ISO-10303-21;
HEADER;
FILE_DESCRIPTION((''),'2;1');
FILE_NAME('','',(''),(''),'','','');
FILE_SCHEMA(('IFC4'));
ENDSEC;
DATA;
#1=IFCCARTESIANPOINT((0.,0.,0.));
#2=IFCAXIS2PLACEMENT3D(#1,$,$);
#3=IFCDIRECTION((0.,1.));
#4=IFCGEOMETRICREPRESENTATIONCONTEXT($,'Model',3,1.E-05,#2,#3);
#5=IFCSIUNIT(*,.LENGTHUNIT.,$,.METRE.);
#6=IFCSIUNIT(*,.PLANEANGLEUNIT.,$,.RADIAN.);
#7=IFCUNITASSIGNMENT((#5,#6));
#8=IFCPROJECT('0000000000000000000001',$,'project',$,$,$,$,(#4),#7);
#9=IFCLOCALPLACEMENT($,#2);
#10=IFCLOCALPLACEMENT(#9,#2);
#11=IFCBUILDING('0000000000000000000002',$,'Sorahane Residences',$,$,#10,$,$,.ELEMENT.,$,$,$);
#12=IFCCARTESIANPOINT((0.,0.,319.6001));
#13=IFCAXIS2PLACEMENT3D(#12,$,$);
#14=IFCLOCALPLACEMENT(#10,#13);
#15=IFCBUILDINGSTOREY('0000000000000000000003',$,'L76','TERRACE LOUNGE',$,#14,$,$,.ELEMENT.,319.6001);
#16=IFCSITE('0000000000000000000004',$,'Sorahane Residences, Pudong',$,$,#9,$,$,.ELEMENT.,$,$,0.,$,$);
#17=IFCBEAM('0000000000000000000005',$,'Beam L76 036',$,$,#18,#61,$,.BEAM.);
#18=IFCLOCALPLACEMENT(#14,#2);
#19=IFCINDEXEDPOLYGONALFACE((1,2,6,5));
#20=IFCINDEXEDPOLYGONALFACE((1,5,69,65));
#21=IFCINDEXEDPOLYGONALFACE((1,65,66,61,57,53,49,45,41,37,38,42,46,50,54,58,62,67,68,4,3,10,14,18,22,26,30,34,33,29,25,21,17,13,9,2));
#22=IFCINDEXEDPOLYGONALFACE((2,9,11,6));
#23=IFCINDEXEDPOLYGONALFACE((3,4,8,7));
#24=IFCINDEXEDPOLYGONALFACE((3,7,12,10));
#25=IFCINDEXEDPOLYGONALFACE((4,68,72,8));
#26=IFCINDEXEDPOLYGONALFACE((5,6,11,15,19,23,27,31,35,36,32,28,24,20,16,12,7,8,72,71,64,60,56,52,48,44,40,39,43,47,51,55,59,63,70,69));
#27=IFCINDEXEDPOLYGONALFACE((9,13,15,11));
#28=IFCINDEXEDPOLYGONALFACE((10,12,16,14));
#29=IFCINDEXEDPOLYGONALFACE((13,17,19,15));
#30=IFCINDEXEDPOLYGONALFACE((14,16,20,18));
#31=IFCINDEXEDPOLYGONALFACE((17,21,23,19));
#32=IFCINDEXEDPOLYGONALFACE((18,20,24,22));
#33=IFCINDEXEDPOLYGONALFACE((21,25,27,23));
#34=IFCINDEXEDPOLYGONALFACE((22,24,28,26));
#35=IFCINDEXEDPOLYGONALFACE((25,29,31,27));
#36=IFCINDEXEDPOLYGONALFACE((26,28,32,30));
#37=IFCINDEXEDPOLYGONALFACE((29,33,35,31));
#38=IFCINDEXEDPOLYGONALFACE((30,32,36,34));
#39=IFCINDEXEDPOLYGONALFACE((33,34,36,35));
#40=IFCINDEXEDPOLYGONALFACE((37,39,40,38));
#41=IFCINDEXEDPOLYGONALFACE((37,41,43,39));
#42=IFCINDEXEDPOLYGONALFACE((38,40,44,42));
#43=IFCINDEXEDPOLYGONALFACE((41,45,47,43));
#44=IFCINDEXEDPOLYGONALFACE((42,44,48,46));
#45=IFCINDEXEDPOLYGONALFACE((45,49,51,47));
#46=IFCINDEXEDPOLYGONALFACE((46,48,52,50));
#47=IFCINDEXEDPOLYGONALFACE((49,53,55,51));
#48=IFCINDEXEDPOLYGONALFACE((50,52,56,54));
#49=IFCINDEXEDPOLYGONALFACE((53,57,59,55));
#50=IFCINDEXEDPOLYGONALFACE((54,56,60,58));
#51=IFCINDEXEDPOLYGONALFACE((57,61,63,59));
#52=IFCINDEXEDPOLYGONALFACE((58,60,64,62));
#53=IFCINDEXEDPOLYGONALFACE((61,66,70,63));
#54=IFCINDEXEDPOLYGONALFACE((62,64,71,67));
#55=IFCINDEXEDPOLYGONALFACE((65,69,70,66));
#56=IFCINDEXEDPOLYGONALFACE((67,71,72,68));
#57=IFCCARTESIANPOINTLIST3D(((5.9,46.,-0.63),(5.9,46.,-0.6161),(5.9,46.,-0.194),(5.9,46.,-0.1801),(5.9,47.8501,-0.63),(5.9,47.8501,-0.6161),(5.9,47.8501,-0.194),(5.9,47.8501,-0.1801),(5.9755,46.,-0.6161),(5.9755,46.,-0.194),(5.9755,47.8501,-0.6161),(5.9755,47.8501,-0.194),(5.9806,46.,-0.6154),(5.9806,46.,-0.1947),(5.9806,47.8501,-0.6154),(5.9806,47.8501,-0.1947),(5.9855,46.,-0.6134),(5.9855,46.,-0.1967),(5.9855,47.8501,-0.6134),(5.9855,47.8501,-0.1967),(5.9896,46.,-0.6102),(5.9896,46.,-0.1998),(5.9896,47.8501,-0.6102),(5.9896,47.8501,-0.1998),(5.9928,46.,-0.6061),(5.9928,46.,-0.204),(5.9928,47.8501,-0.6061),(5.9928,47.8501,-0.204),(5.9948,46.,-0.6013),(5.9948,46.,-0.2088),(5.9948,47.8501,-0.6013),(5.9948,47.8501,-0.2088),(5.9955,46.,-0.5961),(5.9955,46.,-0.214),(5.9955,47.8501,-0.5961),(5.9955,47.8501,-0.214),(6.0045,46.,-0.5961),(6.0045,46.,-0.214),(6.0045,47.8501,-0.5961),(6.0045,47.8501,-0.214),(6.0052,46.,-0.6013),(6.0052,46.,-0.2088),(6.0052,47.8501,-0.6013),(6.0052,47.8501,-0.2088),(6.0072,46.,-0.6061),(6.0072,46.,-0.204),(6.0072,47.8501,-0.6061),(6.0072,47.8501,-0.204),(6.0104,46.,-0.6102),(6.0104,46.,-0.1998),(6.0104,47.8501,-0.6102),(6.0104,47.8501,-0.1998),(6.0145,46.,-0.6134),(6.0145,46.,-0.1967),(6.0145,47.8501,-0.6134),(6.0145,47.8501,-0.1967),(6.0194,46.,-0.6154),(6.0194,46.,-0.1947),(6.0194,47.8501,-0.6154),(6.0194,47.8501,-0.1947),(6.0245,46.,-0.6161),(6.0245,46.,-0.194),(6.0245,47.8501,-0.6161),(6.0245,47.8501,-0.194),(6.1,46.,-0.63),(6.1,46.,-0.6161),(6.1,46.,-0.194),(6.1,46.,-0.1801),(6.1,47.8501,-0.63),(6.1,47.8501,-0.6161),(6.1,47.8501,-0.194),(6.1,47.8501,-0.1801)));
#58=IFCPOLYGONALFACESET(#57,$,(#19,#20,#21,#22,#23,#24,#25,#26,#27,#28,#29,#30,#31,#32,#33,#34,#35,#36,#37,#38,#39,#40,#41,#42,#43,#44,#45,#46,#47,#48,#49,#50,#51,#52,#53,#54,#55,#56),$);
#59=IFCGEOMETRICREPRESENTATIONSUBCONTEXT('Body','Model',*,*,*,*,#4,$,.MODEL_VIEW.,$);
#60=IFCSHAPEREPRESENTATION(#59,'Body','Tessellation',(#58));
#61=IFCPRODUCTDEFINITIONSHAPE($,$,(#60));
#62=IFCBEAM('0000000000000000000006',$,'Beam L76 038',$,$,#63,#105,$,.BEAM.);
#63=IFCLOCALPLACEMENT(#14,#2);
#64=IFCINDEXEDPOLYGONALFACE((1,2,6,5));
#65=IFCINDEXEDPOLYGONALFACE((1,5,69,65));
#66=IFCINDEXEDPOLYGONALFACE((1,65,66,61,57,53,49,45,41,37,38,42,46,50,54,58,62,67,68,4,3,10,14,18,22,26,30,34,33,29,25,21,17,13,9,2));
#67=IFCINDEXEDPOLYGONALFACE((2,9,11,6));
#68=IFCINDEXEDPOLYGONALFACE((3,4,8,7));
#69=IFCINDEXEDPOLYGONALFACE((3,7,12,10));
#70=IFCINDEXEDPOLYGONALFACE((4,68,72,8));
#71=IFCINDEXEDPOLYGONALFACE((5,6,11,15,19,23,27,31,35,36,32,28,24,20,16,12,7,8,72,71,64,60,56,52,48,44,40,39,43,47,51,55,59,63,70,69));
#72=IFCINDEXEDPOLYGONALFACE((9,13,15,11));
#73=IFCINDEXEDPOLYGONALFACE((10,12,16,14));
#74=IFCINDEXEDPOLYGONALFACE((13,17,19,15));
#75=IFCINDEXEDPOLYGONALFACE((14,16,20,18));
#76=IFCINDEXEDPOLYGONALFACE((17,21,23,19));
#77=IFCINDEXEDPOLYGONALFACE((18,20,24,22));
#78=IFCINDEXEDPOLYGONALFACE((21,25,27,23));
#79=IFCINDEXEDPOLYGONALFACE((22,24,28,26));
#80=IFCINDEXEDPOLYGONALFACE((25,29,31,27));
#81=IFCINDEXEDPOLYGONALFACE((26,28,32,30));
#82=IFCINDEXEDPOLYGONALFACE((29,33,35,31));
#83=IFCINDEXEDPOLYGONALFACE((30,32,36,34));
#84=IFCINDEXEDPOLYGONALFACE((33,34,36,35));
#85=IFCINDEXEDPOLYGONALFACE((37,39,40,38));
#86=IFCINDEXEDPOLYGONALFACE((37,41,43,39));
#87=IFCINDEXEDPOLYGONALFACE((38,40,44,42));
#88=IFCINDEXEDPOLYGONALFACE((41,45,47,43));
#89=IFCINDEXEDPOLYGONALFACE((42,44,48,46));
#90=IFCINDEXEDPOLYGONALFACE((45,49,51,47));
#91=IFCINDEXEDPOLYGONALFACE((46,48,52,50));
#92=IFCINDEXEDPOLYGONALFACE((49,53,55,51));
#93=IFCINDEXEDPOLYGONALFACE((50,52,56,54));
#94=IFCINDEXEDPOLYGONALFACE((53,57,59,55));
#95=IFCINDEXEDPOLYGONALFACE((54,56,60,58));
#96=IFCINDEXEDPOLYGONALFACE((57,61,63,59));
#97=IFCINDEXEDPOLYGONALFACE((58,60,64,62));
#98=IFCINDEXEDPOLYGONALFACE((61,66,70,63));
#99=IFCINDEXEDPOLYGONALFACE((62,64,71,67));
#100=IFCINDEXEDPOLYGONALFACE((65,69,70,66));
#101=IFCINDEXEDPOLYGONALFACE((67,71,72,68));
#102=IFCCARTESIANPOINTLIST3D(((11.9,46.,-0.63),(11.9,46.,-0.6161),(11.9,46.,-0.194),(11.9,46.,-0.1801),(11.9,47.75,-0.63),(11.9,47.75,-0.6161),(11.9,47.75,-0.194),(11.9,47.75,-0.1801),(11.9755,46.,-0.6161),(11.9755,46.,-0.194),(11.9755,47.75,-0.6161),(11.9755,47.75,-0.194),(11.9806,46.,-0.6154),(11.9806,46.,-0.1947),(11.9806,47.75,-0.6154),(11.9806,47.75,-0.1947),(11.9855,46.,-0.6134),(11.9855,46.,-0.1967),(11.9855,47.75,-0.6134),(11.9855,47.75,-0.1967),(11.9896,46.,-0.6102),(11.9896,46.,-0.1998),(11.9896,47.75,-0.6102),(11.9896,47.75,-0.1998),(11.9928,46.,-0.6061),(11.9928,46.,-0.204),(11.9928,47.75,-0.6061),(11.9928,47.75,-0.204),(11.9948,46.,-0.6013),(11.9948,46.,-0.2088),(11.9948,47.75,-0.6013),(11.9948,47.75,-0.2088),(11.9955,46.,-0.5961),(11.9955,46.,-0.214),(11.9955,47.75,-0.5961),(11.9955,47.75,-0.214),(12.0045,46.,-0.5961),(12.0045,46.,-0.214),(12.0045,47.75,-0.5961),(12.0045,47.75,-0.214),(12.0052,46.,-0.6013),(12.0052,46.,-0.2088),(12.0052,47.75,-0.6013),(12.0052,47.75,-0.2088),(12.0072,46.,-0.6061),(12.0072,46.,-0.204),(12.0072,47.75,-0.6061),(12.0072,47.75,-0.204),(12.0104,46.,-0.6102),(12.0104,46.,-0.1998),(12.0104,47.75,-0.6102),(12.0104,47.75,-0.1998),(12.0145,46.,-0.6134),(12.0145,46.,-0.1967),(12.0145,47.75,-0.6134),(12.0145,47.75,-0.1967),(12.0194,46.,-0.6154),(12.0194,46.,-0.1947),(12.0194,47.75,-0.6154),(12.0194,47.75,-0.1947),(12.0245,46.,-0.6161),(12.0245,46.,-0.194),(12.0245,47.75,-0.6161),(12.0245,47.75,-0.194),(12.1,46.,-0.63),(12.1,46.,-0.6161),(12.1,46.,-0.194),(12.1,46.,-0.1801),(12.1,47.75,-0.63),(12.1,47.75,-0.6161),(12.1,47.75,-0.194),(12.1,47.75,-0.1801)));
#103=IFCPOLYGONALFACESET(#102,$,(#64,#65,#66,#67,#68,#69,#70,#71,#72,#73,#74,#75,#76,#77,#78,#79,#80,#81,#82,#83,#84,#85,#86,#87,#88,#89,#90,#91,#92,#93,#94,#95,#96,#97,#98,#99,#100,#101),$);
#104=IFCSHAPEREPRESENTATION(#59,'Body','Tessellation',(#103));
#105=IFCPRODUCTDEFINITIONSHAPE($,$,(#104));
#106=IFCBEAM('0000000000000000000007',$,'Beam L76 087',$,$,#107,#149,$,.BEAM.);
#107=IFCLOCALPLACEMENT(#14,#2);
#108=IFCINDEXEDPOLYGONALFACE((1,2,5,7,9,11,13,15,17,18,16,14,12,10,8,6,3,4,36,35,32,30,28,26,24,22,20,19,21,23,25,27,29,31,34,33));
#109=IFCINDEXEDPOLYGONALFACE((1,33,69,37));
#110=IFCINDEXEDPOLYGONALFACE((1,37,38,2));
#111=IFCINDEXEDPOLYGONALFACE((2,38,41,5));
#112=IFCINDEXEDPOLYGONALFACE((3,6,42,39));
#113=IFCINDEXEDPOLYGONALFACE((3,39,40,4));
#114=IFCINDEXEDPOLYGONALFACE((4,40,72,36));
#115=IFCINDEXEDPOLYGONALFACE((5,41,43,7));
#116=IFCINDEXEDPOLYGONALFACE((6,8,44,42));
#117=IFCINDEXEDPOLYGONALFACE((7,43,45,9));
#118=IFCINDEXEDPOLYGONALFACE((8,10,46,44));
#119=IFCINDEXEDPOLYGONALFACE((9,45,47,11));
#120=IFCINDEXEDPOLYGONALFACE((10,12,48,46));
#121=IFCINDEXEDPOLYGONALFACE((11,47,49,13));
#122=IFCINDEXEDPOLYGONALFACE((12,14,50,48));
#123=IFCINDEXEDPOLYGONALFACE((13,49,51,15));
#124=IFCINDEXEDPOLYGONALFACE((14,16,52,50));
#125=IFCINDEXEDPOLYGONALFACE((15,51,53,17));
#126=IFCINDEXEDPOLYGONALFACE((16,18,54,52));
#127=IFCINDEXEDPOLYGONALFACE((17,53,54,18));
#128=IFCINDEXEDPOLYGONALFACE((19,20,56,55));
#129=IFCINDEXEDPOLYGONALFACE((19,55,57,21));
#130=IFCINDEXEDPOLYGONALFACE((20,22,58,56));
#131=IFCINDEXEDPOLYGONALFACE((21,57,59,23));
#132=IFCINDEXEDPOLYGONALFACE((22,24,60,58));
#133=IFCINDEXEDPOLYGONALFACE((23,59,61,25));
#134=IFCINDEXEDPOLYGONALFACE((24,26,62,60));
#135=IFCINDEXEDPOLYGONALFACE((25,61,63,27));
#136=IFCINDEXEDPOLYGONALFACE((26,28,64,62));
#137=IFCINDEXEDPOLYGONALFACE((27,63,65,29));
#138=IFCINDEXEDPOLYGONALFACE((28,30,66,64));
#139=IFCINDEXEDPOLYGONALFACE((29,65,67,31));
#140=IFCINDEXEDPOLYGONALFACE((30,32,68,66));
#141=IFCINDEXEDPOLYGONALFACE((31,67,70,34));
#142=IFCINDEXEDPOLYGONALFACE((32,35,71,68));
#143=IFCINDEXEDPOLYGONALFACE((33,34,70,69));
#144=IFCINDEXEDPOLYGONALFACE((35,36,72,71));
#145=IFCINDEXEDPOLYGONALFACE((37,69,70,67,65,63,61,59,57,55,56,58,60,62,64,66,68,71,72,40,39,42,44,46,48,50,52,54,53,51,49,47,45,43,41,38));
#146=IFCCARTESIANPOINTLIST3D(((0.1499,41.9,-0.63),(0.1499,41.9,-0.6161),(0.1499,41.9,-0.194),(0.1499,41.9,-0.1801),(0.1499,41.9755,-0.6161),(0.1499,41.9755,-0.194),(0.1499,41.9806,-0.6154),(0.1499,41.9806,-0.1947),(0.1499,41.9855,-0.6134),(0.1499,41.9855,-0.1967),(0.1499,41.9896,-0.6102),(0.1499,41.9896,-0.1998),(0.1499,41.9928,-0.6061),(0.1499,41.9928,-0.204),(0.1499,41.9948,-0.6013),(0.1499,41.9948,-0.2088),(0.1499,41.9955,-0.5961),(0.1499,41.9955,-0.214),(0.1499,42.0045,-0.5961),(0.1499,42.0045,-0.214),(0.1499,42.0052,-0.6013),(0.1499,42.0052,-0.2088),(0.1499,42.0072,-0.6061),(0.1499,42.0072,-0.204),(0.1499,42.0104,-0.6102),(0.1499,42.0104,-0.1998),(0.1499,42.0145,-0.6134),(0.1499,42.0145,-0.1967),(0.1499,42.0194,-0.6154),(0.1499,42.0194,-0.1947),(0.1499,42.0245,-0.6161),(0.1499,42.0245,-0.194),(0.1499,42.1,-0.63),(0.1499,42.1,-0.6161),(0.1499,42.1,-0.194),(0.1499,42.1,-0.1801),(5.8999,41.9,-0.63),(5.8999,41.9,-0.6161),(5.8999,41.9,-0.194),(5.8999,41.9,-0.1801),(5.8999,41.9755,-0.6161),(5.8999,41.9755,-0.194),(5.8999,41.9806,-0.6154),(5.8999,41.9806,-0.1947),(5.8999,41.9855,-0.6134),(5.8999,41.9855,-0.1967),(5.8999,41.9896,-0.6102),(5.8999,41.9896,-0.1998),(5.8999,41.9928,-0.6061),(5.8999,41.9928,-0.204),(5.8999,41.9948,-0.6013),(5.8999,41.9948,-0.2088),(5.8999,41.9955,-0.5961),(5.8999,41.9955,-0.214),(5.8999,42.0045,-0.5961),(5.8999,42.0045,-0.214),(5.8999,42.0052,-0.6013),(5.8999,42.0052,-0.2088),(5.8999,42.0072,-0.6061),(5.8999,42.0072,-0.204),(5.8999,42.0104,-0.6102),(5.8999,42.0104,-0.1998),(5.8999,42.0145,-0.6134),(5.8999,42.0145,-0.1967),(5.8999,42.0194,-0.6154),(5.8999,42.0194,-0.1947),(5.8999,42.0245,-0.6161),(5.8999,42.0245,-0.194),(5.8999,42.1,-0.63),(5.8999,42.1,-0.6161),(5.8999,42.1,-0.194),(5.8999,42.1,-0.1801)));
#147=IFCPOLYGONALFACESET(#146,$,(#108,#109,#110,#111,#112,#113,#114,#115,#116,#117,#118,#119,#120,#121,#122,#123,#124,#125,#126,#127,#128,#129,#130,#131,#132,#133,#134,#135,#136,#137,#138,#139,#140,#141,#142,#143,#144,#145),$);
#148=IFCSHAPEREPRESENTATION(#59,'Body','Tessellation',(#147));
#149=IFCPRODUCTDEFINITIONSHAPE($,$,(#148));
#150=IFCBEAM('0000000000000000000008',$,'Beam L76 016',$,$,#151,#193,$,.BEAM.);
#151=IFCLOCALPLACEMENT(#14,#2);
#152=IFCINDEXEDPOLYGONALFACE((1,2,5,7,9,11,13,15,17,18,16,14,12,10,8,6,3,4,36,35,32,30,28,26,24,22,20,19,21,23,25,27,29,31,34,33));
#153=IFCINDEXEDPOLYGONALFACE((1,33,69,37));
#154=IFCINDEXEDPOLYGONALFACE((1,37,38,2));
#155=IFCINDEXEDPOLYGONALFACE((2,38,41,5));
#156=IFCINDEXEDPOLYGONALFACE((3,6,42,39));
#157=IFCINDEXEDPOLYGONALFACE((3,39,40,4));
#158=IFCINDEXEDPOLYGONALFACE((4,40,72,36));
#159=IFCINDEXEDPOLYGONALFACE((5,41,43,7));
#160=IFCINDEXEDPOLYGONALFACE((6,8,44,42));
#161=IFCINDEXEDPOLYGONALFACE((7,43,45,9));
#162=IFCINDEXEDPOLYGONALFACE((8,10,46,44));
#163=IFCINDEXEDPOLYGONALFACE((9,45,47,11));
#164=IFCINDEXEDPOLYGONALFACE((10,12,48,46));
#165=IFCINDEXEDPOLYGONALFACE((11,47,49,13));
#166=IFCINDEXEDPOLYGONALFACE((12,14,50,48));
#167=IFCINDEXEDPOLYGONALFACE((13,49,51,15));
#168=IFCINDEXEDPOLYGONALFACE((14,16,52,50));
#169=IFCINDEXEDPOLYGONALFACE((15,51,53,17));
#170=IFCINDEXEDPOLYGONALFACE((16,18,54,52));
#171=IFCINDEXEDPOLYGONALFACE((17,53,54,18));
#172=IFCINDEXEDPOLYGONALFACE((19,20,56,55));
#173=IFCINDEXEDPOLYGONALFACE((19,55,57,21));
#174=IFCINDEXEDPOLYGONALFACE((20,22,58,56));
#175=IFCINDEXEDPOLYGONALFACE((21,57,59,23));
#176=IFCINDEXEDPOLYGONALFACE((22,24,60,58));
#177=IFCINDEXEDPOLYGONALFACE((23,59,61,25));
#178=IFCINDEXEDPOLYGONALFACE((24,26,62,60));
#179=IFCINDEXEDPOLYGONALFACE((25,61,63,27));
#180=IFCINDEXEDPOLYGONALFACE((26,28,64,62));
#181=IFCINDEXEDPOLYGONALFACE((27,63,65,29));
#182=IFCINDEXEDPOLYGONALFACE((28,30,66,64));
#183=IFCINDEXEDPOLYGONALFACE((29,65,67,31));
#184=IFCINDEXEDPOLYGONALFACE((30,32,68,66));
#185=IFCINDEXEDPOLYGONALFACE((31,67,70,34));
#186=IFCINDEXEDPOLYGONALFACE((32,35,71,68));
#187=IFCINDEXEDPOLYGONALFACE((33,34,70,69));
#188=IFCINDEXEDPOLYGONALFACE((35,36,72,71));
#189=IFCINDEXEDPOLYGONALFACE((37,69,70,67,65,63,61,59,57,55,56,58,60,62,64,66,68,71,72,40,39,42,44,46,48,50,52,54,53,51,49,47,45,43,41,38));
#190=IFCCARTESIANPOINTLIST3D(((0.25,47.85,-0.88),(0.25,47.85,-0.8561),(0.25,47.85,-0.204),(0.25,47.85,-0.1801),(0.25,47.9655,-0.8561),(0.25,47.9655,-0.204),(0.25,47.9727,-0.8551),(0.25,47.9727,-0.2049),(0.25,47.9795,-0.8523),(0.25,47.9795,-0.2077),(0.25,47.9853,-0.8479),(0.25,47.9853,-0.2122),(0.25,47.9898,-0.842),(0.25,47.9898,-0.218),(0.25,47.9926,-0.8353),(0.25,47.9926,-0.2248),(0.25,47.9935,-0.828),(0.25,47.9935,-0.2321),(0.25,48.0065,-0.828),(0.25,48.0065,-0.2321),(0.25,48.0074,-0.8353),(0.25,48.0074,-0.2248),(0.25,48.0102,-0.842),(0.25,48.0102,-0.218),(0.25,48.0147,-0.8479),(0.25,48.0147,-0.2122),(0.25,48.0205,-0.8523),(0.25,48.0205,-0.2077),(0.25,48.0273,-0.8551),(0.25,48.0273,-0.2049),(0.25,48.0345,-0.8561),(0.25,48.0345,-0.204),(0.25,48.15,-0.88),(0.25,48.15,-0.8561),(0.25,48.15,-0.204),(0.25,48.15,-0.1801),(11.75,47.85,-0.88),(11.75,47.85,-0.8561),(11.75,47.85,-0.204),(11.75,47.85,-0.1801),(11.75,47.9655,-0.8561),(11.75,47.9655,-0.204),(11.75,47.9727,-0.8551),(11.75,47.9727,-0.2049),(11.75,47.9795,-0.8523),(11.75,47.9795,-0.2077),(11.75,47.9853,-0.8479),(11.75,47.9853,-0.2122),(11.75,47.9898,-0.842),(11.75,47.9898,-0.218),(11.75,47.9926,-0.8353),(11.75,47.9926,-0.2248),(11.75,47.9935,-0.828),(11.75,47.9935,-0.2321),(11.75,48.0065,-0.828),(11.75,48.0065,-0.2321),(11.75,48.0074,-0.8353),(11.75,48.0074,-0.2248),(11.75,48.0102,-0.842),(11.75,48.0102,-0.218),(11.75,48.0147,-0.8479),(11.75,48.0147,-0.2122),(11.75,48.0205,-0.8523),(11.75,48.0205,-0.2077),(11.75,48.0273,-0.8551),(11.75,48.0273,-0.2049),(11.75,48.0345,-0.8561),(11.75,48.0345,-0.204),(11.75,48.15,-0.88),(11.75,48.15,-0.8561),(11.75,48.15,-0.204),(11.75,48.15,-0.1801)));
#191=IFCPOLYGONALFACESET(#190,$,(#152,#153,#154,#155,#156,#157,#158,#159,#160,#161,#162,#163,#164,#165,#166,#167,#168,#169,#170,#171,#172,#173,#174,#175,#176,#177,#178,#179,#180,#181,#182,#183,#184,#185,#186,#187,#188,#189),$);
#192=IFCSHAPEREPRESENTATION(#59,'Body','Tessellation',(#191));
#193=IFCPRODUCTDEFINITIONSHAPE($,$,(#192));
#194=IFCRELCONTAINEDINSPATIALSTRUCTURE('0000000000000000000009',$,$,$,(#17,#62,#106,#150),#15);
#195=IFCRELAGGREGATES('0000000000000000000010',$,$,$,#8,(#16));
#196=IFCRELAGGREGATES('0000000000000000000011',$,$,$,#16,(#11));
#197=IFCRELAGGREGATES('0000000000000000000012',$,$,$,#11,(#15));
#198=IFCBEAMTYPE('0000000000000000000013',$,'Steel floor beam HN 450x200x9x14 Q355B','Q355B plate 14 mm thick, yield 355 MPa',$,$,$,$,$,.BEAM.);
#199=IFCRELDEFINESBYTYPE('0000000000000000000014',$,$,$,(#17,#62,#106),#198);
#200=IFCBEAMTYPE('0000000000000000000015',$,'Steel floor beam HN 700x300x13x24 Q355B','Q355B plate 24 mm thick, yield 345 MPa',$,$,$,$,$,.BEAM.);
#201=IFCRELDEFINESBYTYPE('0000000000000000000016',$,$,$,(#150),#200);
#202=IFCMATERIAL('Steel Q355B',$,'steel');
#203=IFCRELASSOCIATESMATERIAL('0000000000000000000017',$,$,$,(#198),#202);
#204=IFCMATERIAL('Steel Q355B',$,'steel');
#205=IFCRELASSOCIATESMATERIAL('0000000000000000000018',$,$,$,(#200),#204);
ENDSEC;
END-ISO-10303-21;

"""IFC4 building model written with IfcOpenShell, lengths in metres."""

from ifc_helpers import new_model, si_unit, direction, frame, origin, origin_2d, place, context, subcontext, project, spatial, i_section, extrude, material, material_profile, profile_set, type_object, element, save


model = new_model("IFC4")

# Units and contexts
model_context = context("Model", 3, precision=1e-05, world=origin(), true_north=direction((0.0, 1.0)))
body_context = subcontext(model_context, "Body", "Model", "MODEL_VIEW")
ifc_project = project(units=[si_unit("LENGTHUNIT", "METRE"), si_unit("PLANEANGLEUNIT", "RADIAN")], contexts=[model_context])

# Site, building, storey
site_placement = place(None, origin())
site = spatial("IfcSite", under=ifc_project, at=site_placement, Name="Sorahane Residences, Pudong", CompositionType="ELEMENT", RefElevation=0.0)
building_placement = place(site_placement, origin())
building = spatial("IfcBuilding", under=site, at=building_placement, Name="Sorahane Residences", CompositionType="ELEMENT")
storey_placement = place(building_placement, frame((0.0, 0.0, 319.6001)))
storey = spatial("IfcBuildingStorey", under=building, at=storey_placement, Name="L76", Description="TERRACE LOUNGE", CompositionType="ELEMENT", Elevation=319.6001)

# Beams
ifc_material_1 = material(Name="Steel Q355B", Category="steel")
ifc_material_profile_1 = material_profile(ifc_material_1, i_section(OverallWidth=0.2, OverallDepth=0.45, WebThickness=0.009, FlangeThickness=0.0139, FilletRadius=0.02, at=origin_2d()), Name="HN 450x200x9x14")
ifc_profile_set_1 = profile_set([ifc_material_profile_1], Name="Steel Q355B")
beam_type_1 = type_object("IfcBeamType", Name="Steel floor beam HN 450x200x9x14 Q355B", Description="Q355B plate 14 mm thick, yield 355 MPa", PredefinedType="BEAM", material=ifc_profile_set_1)
beam_1_placement = place(storey_placement, frame((6.0, 46.0, -0.405), z_axis=(0.0, 1.0, 0.0), x_axis=(-1.0, 0.0, 0.0)))
element("IfcBeam", 1, at=beam_1_placement, inside=storey, type_object=beam_type_1, Name="Beam L76 036", PredefinedType="BEAM", context=body_context, shape_type="SweptSolid", body=[
    extrude(i_section(OverallWidth=0.2, OverallDepth=0.45, WebThickness=0.009, FlangeThickness=0.0139, FilletRadius=0.02, at=origin_2d()), origin(), (0.0, 0.0, 1.0), 1.8501),
])
beam_2_placement = place(storey_placement, frame((12.0, 46.0, -0.405), z_axis=(0.0, 1.0, 0.0), x_axis=(-1.0, 0.0, 0.0)))
element("IfcBeam", 2, at=beam_2_placement, inside=storey, type_object=beam_type_1, Name="Beam L76 038", PredefinedType="BEAM", context=body_context, shape_type="SweptSolid", body=[
    extrude(i_section(OverallWidth=0.2, OverallDepth=0.45, WebThickness=0.009, FlangeThickness=0.0139, FilletRadius=0.02, at=origin_2d()), origin(), (0.0, 0.0, 1.0), 1.75),
])
beam_3_placement = place(storey_placement, frame((0.1499, 42.0, -0.405), z_axis=(1.0, 0.0, 0.0), x_axis=(0.0, 1.0, 0.0)))
element("IfcBeam", 3, at=beam_3_placement, inside=storey, type_object=beam_type_1, Name="Beam L76 087", PredefinedType="BEAM", context=body_context, shape_type="SweptSolid", body=[
    extrude(i_section(OverallWidth=0.2, OverallDepth=0.45, WebThickness=0.009, FlangeThickness=0.0139, FilletRadius=0.02, at=origin_2d()), origin(), (0.0, 0.0, 1.0), 5.75),
])
ifc_material_2 = material(Name="Steel Q355B", Category="steel")
ifc_material_profile_2 = material_profile(ifc_material_2, i_section(OverallWidth=0.3, OverallDepth=0.7, WebThickness=0.0129, FlangeThickness=0.0239, FilletRadius=0.0281, at=origin_2d()), Name="HN 700x300x13x24")
ifc_profile_set_2 = profile_set([ifc_material_profile_2], Name="Steel Q355B")
beam_type_2 = type_object("IfcBeamType", Name="Steel floor beam HN 700x300x13x24 Q355B", Description="Q355B plate 24 mm thick, yield 345 MPa", PredefinedType="BEAM", material=ifc_profile_set_2)
for number, where, z_axis, x_axis, name in (
    (4, (0.25, 48.0, -0.53), (1.0, 0.0, 0.0), (0.0, 1.0, 0.0), "Beam L76 016"),
):
    element("IfcBeam", number, at=place(storey_placement, frame(where, z_axis=z_axis, x_axis=x_axis)), inside=storey, type_object=beam_type_2, Name=name, PredefinedType="BEAM", context=body_context, shape_type="SweptSolid", body=[
        extrude(i_section(OverallWidth=0.3, OverallDepth=0.7, WebThickness=0.0129, FlangeThickness=0.0239, FilletRadius=0.0281, at=origin_2d()), origin(), (0.0, 0.0, 1.0), 11.5),
    ])

save(model, "model.ifc")
